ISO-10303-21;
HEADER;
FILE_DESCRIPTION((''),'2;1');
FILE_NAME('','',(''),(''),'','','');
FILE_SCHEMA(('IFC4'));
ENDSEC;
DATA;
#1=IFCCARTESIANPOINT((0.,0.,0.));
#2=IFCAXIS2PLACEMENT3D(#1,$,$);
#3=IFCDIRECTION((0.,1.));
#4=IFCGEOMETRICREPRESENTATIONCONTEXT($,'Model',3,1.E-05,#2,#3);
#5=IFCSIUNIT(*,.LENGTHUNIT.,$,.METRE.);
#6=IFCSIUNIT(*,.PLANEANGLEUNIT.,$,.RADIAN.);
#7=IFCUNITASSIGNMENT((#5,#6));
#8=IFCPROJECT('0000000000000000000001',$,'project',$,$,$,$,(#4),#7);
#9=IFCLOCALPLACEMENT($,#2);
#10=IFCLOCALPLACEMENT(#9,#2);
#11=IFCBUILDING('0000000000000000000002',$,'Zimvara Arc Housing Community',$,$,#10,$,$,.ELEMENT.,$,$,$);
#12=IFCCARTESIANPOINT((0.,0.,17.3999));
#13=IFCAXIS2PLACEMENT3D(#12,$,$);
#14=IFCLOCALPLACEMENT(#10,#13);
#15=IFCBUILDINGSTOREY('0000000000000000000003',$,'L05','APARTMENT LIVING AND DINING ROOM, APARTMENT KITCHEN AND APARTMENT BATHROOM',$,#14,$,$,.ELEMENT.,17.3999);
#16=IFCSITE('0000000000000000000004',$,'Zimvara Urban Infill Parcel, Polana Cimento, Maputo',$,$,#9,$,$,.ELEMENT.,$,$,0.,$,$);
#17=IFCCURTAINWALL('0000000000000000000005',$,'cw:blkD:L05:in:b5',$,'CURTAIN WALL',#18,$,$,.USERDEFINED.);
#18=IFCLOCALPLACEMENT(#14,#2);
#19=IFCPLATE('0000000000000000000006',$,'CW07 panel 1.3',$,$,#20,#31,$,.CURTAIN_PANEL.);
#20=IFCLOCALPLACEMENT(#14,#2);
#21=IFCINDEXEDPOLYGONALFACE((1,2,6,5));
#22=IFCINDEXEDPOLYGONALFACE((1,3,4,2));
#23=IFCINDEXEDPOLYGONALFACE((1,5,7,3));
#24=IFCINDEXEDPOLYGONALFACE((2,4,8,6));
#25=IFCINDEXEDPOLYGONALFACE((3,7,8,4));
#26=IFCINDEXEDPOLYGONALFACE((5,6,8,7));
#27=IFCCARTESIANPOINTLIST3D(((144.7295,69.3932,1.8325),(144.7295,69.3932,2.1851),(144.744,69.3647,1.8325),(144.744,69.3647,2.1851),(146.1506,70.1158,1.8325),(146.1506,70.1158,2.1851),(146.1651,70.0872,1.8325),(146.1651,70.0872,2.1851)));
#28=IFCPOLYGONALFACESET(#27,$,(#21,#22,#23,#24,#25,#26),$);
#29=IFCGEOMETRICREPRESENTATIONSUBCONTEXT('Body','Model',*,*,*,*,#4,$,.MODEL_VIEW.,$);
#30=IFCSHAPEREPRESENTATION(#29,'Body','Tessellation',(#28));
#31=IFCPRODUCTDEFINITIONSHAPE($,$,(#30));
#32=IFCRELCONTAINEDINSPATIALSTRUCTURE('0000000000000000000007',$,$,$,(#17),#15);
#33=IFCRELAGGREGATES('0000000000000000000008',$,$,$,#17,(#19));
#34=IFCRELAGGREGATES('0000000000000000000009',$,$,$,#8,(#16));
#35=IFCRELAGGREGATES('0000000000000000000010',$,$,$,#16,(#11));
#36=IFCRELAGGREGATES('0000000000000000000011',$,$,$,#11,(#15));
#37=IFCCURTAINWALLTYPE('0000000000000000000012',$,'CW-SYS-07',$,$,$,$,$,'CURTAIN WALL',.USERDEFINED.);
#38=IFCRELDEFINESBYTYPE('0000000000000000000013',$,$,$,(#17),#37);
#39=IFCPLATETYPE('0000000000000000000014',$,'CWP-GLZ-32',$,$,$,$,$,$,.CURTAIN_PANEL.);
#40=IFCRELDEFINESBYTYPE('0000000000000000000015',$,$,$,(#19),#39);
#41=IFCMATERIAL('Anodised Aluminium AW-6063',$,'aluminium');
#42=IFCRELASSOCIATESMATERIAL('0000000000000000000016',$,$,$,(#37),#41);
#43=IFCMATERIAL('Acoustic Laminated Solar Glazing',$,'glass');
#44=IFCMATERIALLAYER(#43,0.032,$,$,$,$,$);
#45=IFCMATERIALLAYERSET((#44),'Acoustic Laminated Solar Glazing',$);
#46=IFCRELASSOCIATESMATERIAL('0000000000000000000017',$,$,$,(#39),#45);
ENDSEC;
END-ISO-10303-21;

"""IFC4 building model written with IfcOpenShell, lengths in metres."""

from ifc_helpers import new_model, si_unit, direction, frame, origin, origin_2d, place, context, subcontext, project, spatial, rectangle, extrude, material, layer, layer_set, type_object, element, aggregate, save


model = new_model("IFC4")

# Units and contexts
model_context = context("Model", 3, precision=1e-05, world=origin(), true_north=direction((0.0, 1.0)))
body_context = subcontext(model_context, "Body", "Model", "MODEL_VIEW")
ifc_project = project(units=[si_unit("LENGTHUNIT", "METRE"), si_unit("PLANEANGLEUNIT", "RADIAN")], contexts=[model_context])

# Site, building, storey
site_placement = place(None, origin())
site = spatial("IfcSite", under=ifc_project, at=site_placement, Name="Zimvara Urban Infill Parcel, Polana Cimento, Maputo", CompositionType="ELEMENT", RefElevation=0.0)
building_placement = place(site_placement, origin())
building = spatial("IfcBuilding", under=site, at=building_placement, Name="Zimvara Arc Housing Community", CompositionType="ELEMENT")
storey_placement = place(building_placement, frame((0.0, 0.0, 17.3999)))
storey = spatial("IfcBuildingStorey", under=building, at=storey_placement, Name="L05", Description="APARTMENT LIVING AND DINING ROOM, APARTMENT KITCHEN AND APARTMENT BATHROOM", CompositionType="ELEMENT", Elevation=17.3999)

# Curtain wall
ifc_material_1 = material(Name="Anodised Aluminium AW-6063", Category="aluminium")
curtain_wall_type_1 = type_object("IfcCurtainWallType", Name="CW-SYS-07", ElementType="CURTAIN WALL", PredefinedType="USERDEFINED", material=ifc_material_1)
curtain_wall_1_placement = place(storey_placement, origin())
curtain_wall_1 = element("IfcCurtainWall", 1, at=curtain_wall_1_placement, inside=storey, type_object=curtain_wall_type_1, Name="cw:blkD:L05:in:b5", ObjectType="CURTAIN WALL", PredefinedType="USERDEFINED")

# Plate
ifc_material_2 = material(Name="Acoustic Laminated Solar Glazing", Category="glass")
ifc_layer_1 = layer(ifc_material_2, 0.032)
ifc_layer_set_1 = layer_set([ifc_layer_1], Name="Acoustic Laminated Solar Glazing")
plate_type_1 = type_object("IfcPlateType", Name="CWP-GLZ-32", PredefinedType="CURTAIN_PANEL", material=ifc_layer_set_1)
plate_1_placement = place(storey_placement, frame((145.4473, 69.7402, 1.8325), z_axis=(0.0, 0.0, 1.0), x_axis=(0.891403, 0.453211, 0.0)))
plate_1 = element("IfcPlate", 2, at=plate_1_placement, type_object=plate_type_1, Name="CW07 panel 1.3", PredefinedType="CURTAIN_PANEL", context=body_context, shape_type="SweptSolid", body=[
    extrude(rectangle(XDim=1.5942, YDim=0.032, at=origin_2d()), origin(), (0.0, 0.0, 1.0), 0.3525),
])
aggregate(curtain_wall_1, [plate_1])

save(model, "model.ifc")
